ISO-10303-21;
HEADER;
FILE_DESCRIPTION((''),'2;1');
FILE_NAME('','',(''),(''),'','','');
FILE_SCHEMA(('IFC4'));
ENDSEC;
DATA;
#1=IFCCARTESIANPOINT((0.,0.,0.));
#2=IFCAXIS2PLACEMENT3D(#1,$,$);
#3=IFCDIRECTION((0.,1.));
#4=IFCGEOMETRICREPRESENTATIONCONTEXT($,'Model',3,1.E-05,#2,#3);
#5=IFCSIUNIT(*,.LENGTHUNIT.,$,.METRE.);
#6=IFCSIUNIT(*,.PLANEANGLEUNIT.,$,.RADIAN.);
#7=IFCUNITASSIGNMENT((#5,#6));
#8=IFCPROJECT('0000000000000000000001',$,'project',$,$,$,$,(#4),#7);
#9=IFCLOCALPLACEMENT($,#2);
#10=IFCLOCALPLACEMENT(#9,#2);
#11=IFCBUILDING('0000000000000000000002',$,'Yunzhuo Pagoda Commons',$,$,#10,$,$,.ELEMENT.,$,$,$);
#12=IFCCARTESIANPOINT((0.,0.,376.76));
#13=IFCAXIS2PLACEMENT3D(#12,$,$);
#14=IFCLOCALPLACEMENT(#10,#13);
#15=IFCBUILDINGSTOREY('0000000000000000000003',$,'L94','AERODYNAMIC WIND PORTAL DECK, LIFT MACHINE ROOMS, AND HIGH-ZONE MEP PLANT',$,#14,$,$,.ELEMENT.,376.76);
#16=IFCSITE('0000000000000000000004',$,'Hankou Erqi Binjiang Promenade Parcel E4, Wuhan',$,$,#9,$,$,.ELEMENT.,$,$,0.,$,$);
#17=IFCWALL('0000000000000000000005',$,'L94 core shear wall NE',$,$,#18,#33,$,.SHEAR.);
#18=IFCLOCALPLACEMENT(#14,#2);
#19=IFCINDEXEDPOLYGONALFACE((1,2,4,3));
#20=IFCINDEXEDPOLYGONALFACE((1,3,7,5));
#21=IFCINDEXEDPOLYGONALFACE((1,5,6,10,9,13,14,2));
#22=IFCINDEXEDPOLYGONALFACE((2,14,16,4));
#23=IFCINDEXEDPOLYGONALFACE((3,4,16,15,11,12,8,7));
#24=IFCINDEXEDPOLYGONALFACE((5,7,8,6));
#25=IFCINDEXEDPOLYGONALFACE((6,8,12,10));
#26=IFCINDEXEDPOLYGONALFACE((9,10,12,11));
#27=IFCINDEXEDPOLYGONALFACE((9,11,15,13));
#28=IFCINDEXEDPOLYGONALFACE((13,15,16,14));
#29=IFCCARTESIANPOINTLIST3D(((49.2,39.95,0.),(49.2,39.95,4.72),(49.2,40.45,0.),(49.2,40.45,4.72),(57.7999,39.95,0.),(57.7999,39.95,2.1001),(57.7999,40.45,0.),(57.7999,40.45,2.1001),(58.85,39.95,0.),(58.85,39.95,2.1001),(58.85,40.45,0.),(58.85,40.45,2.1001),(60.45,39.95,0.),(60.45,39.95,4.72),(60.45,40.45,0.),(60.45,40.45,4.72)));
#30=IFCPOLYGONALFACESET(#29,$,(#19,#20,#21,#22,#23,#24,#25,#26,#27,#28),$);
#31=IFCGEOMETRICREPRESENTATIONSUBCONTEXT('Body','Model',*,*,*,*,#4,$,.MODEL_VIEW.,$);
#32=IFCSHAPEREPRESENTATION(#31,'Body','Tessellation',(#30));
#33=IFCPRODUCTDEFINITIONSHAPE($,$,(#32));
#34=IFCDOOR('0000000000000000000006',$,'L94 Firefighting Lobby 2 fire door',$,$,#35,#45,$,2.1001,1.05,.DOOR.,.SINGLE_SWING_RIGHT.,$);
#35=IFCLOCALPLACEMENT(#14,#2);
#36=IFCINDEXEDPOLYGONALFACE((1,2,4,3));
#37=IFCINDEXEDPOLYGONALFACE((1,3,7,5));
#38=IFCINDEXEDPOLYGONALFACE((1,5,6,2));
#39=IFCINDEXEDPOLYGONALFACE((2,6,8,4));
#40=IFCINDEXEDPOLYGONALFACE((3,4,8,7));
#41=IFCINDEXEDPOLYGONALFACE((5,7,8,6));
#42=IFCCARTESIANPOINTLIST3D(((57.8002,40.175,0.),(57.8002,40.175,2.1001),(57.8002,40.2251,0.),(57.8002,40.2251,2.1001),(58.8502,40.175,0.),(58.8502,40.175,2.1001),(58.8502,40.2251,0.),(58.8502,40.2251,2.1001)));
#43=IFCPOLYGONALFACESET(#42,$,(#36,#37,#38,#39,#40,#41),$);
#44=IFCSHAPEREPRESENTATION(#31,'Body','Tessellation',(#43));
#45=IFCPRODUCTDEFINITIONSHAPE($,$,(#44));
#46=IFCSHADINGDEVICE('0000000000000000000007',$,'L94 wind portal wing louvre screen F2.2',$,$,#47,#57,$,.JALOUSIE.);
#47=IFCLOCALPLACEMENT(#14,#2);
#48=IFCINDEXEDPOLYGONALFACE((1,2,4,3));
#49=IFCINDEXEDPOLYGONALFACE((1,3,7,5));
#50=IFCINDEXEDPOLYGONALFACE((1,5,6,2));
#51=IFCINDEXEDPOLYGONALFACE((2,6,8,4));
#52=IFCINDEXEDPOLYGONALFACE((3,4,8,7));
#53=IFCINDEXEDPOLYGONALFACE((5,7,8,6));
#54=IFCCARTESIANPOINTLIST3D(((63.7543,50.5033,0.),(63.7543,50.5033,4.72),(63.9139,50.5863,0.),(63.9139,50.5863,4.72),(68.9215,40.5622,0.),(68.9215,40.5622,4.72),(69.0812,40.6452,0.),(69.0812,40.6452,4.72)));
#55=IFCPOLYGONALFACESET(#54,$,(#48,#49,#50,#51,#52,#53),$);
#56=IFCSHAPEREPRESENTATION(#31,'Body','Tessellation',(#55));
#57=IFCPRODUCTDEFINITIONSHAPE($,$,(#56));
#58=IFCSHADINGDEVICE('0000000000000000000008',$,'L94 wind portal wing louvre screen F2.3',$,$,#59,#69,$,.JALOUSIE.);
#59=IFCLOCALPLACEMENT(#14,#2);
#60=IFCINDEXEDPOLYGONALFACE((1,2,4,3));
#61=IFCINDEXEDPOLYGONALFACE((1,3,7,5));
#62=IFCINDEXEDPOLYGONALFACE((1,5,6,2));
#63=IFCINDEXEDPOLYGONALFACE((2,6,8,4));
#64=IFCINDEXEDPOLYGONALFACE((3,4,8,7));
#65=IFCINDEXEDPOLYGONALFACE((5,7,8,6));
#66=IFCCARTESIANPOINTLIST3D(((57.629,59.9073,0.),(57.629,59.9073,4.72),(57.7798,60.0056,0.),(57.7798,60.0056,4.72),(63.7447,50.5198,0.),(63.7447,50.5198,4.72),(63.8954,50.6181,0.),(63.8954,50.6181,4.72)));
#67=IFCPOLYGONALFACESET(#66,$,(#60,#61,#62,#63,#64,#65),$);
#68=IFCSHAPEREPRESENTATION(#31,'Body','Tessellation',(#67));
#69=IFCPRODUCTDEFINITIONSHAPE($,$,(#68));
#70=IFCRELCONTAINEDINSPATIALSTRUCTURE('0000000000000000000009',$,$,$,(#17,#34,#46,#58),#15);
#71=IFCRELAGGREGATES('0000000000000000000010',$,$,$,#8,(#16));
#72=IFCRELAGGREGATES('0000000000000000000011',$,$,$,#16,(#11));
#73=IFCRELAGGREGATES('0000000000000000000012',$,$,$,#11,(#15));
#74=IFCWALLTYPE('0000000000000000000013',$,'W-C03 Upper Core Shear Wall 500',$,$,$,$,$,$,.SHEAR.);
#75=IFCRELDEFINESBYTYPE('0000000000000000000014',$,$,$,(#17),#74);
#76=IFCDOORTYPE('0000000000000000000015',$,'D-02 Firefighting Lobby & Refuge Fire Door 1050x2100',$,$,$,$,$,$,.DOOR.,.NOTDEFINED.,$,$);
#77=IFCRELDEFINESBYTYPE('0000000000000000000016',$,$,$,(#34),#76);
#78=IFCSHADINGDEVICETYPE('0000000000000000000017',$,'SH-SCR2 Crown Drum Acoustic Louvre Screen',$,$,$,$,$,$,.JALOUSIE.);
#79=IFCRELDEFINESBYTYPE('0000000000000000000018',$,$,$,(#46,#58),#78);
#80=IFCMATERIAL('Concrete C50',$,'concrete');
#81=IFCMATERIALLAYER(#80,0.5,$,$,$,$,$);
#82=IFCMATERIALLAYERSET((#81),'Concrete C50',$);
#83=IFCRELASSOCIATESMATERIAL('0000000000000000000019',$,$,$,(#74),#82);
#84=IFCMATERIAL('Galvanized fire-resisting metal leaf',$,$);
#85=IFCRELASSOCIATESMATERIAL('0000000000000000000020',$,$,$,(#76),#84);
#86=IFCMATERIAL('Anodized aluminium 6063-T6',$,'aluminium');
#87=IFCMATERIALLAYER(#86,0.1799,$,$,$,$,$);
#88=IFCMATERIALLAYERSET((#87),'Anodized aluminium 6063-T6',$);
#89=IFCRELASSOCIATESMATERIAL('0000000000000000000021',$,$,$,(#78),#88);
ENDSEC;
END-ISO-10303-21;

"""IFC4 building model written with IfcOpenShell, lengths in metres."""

from ifc_helpers import new_model, si_unit, direction, frame, frame_2d, origin, origin_2d, place, context, subcontext, project, spatial, rectangle, extrude, source, transform, mapped, material, layer, layer_set, type_object, element, fill, save


model = new_model("IFC4")

# Units and contexts
model_context = context("Model", 3, precision=1e-05, world=origin(), true_north=direction((0.0, 1.0)))
body_context = subcontext(model_context, "Body", "Model", "MODEL_VIEW")
ifc_project = project(units=[si_unit("LENGTHUNIT", "METRE"), si_unit("PLANEANGLEUNIT", "RADIAN")], contexts=[model_context])

# Site, building, storey
site_placement = place(None, origin())
site = spatial("IfcSite", under=ifc_project, at=site_placement, Name="Hankou Erqi Binjiang Promenade Parcel E4, Wuhan", CompositionType="ELEMENT", RefElevation=0.0)
building_placement = place(site_placement, origin())
building = spatial("IfcBuilding", under=site, at=building_placement, Name="Yunzhuo Pagoda Commons", CompositionType="ELEMENT")
storey_placement = place(building_placement, frame((0.0, 0.0, 376.76)))
storey = spatial("IfcBuildingStorey", under=building, at=storey_placement, Name="L94", Description="AERODYNAMIC WIND PORTAL DECK, LIFT MACHINE ROOMS, AND HIGH-ZONE MEP PLANT", CompositionType="ELEMENT", Elevation=376.76)

# Wall, opening, door
ifc_material_1 = material(Name="Concrete C50", Category="concrete")
ifc_layer_1 = layer(ifc_material_1, 0.5)
ifc_layer_set_1 = layer_set([ifc_layer_1], Name="Concrete C50")
wall_type = type_object("IfcWallType", Name="W-C03 Upper Core Shear Wall 500", PredefinedType="SHEAR", material=ifc_layer_set_1)
wall_placement = place(storey_placement, frame((49.2, 40.2, 0.0), z_axis=(0.0, 0.0, 1.0), x_axis=(1.0, 0.0, 0.0)))
wall = element("IfcWall", 1, at=wall_placement, inside=storey, type_object=wall_type, Name="L94 core shear wall NE", PredefinedType="SHEAR", context=body_context, shape_type="SweptSolid", body=[
    extrude(rectangle(XDim=11.25, YDim=0.5, at=frame_2d((5.625, 0.0))), origin(), (0.0, 0.0, 1.0), 4.72),
])
opening_placement = place(wall_placement, frame((8.6001, 0.0, 0.0)))
opening = element("IfcOpeningElement", 2, at=opening_placement, cuts=wall, PredefinedType="OPENING", context=body_context, shape_type="SweptSolid", body=[
    extrude(rectangle(XDim=1.05, YDim=2.1001, at=frame_2d((0.5249, 1.05))), frame((0.0, 0.26, 0.0), z_axis=(0.0, -1.0, 0.0), x_axis=(1.0, 0.0, 0.0)), (0.0, 0.0, 1.0), 0.52),
])
ifc_material_2 = material(Name="Galvanized fire-resisting metal leaf")
door_type = type_object("IfcDoorType", Name="D-02 Firefighting Lobby & Refuge Fire Door 1050x2100", OperationType="NOTDEFINED", PredefinedType="DOOR", material=ifc_material_2)
shared_shape_1 = source(origin(), body_context, "Body", "SweptSolid", [
    extrude(rectangle(XDim=1.05, YDim=2.1001, at=frame_2d((0.5249, 1.05))), frame((0.0, 0.0249, 0.0), z_axis=(0.0, -1.0, 0.0), x_axis=(1.0, 0.0, 0.0)), (0.0, 0.0, 1.0), 0.05),
])
door_placement = place(opening_placement, frame((1.05, 0.0, 0.0), z_axis=(0.0, 0.0, 1.0), x_axis=(-1.0, 0.0, 0.0)))
door = element("IfcDoor", 3, at=door_placement, inside=storey, type_object=door_type, Name="L94 Firefighting Lobby 2 fire door", OperationType="SINGLE_SWING_RIGHT", OverallHeight=2.1001, OverallWidth=1.05, PredefinedType="DOOR", context=body_context, shape_type="MappedRepresentation", body=[
    mapped(shared_shape_1, transform((0.0, 0.0, 0.0), scale=1.0)),
])
fill(opening, door)

# Shared definitions
ifc_material_3 = material(Name="Anodized aluminium 6063-T6", Category="aluminium")

# Shading devices
ifc_layer_2 = layer(ifc_material_3, 0.1799)
ifc_layer_set_2 = layer_set([ifc_layer_2], Name="Anodized aluminium 6063-T6")
shading_device_type = type_object("IfcShadingDeviceType", Name="SH-SCR2 Crown Drum Acoustic Louvre Screen", PredefinedType="JALOUSIE", material=ifc_layer_set_2)
shared_shape_2 = source(origin(), body_context, "Body", "SweptSolid", [
    extrude(rectangle(XDim=11.2039, YDim=0.1799, at=origin_2d()), origin(), (0.0, 0.0, 1.0), 4.72),
])
for number, where, z_axis, x_axis, name in (
    (4, (66.4177, 45.5742, 0.0), (0.0, 0.0, 1.0), (-0.461207, 0.887293, 0.0), "L94 wind portal wing louvre screen F2.2"),
    (5, (60.7622, 55.2627, 0.0), (0.0, 0.0, 1.0), (-0.545853, 0.837881, 0.0), "L94 wind portal wing louvre screen F2.3"),
):
    element("IfcShadingDevice", number, at=place(storey_placement, frame(where, z_axis=z_axis, x_axis=x_axis)), inside=storey, type_object=shading_device_type, Name=name, PredefinedType="JALOUSIE", context=body_context, shape_type="MappedRepresentation", body=[
        mapped(shared_shape_2, transform((0.0, 0.0, 0.0), scale=1.0)),
    ])

save(model, "model.ifc")
